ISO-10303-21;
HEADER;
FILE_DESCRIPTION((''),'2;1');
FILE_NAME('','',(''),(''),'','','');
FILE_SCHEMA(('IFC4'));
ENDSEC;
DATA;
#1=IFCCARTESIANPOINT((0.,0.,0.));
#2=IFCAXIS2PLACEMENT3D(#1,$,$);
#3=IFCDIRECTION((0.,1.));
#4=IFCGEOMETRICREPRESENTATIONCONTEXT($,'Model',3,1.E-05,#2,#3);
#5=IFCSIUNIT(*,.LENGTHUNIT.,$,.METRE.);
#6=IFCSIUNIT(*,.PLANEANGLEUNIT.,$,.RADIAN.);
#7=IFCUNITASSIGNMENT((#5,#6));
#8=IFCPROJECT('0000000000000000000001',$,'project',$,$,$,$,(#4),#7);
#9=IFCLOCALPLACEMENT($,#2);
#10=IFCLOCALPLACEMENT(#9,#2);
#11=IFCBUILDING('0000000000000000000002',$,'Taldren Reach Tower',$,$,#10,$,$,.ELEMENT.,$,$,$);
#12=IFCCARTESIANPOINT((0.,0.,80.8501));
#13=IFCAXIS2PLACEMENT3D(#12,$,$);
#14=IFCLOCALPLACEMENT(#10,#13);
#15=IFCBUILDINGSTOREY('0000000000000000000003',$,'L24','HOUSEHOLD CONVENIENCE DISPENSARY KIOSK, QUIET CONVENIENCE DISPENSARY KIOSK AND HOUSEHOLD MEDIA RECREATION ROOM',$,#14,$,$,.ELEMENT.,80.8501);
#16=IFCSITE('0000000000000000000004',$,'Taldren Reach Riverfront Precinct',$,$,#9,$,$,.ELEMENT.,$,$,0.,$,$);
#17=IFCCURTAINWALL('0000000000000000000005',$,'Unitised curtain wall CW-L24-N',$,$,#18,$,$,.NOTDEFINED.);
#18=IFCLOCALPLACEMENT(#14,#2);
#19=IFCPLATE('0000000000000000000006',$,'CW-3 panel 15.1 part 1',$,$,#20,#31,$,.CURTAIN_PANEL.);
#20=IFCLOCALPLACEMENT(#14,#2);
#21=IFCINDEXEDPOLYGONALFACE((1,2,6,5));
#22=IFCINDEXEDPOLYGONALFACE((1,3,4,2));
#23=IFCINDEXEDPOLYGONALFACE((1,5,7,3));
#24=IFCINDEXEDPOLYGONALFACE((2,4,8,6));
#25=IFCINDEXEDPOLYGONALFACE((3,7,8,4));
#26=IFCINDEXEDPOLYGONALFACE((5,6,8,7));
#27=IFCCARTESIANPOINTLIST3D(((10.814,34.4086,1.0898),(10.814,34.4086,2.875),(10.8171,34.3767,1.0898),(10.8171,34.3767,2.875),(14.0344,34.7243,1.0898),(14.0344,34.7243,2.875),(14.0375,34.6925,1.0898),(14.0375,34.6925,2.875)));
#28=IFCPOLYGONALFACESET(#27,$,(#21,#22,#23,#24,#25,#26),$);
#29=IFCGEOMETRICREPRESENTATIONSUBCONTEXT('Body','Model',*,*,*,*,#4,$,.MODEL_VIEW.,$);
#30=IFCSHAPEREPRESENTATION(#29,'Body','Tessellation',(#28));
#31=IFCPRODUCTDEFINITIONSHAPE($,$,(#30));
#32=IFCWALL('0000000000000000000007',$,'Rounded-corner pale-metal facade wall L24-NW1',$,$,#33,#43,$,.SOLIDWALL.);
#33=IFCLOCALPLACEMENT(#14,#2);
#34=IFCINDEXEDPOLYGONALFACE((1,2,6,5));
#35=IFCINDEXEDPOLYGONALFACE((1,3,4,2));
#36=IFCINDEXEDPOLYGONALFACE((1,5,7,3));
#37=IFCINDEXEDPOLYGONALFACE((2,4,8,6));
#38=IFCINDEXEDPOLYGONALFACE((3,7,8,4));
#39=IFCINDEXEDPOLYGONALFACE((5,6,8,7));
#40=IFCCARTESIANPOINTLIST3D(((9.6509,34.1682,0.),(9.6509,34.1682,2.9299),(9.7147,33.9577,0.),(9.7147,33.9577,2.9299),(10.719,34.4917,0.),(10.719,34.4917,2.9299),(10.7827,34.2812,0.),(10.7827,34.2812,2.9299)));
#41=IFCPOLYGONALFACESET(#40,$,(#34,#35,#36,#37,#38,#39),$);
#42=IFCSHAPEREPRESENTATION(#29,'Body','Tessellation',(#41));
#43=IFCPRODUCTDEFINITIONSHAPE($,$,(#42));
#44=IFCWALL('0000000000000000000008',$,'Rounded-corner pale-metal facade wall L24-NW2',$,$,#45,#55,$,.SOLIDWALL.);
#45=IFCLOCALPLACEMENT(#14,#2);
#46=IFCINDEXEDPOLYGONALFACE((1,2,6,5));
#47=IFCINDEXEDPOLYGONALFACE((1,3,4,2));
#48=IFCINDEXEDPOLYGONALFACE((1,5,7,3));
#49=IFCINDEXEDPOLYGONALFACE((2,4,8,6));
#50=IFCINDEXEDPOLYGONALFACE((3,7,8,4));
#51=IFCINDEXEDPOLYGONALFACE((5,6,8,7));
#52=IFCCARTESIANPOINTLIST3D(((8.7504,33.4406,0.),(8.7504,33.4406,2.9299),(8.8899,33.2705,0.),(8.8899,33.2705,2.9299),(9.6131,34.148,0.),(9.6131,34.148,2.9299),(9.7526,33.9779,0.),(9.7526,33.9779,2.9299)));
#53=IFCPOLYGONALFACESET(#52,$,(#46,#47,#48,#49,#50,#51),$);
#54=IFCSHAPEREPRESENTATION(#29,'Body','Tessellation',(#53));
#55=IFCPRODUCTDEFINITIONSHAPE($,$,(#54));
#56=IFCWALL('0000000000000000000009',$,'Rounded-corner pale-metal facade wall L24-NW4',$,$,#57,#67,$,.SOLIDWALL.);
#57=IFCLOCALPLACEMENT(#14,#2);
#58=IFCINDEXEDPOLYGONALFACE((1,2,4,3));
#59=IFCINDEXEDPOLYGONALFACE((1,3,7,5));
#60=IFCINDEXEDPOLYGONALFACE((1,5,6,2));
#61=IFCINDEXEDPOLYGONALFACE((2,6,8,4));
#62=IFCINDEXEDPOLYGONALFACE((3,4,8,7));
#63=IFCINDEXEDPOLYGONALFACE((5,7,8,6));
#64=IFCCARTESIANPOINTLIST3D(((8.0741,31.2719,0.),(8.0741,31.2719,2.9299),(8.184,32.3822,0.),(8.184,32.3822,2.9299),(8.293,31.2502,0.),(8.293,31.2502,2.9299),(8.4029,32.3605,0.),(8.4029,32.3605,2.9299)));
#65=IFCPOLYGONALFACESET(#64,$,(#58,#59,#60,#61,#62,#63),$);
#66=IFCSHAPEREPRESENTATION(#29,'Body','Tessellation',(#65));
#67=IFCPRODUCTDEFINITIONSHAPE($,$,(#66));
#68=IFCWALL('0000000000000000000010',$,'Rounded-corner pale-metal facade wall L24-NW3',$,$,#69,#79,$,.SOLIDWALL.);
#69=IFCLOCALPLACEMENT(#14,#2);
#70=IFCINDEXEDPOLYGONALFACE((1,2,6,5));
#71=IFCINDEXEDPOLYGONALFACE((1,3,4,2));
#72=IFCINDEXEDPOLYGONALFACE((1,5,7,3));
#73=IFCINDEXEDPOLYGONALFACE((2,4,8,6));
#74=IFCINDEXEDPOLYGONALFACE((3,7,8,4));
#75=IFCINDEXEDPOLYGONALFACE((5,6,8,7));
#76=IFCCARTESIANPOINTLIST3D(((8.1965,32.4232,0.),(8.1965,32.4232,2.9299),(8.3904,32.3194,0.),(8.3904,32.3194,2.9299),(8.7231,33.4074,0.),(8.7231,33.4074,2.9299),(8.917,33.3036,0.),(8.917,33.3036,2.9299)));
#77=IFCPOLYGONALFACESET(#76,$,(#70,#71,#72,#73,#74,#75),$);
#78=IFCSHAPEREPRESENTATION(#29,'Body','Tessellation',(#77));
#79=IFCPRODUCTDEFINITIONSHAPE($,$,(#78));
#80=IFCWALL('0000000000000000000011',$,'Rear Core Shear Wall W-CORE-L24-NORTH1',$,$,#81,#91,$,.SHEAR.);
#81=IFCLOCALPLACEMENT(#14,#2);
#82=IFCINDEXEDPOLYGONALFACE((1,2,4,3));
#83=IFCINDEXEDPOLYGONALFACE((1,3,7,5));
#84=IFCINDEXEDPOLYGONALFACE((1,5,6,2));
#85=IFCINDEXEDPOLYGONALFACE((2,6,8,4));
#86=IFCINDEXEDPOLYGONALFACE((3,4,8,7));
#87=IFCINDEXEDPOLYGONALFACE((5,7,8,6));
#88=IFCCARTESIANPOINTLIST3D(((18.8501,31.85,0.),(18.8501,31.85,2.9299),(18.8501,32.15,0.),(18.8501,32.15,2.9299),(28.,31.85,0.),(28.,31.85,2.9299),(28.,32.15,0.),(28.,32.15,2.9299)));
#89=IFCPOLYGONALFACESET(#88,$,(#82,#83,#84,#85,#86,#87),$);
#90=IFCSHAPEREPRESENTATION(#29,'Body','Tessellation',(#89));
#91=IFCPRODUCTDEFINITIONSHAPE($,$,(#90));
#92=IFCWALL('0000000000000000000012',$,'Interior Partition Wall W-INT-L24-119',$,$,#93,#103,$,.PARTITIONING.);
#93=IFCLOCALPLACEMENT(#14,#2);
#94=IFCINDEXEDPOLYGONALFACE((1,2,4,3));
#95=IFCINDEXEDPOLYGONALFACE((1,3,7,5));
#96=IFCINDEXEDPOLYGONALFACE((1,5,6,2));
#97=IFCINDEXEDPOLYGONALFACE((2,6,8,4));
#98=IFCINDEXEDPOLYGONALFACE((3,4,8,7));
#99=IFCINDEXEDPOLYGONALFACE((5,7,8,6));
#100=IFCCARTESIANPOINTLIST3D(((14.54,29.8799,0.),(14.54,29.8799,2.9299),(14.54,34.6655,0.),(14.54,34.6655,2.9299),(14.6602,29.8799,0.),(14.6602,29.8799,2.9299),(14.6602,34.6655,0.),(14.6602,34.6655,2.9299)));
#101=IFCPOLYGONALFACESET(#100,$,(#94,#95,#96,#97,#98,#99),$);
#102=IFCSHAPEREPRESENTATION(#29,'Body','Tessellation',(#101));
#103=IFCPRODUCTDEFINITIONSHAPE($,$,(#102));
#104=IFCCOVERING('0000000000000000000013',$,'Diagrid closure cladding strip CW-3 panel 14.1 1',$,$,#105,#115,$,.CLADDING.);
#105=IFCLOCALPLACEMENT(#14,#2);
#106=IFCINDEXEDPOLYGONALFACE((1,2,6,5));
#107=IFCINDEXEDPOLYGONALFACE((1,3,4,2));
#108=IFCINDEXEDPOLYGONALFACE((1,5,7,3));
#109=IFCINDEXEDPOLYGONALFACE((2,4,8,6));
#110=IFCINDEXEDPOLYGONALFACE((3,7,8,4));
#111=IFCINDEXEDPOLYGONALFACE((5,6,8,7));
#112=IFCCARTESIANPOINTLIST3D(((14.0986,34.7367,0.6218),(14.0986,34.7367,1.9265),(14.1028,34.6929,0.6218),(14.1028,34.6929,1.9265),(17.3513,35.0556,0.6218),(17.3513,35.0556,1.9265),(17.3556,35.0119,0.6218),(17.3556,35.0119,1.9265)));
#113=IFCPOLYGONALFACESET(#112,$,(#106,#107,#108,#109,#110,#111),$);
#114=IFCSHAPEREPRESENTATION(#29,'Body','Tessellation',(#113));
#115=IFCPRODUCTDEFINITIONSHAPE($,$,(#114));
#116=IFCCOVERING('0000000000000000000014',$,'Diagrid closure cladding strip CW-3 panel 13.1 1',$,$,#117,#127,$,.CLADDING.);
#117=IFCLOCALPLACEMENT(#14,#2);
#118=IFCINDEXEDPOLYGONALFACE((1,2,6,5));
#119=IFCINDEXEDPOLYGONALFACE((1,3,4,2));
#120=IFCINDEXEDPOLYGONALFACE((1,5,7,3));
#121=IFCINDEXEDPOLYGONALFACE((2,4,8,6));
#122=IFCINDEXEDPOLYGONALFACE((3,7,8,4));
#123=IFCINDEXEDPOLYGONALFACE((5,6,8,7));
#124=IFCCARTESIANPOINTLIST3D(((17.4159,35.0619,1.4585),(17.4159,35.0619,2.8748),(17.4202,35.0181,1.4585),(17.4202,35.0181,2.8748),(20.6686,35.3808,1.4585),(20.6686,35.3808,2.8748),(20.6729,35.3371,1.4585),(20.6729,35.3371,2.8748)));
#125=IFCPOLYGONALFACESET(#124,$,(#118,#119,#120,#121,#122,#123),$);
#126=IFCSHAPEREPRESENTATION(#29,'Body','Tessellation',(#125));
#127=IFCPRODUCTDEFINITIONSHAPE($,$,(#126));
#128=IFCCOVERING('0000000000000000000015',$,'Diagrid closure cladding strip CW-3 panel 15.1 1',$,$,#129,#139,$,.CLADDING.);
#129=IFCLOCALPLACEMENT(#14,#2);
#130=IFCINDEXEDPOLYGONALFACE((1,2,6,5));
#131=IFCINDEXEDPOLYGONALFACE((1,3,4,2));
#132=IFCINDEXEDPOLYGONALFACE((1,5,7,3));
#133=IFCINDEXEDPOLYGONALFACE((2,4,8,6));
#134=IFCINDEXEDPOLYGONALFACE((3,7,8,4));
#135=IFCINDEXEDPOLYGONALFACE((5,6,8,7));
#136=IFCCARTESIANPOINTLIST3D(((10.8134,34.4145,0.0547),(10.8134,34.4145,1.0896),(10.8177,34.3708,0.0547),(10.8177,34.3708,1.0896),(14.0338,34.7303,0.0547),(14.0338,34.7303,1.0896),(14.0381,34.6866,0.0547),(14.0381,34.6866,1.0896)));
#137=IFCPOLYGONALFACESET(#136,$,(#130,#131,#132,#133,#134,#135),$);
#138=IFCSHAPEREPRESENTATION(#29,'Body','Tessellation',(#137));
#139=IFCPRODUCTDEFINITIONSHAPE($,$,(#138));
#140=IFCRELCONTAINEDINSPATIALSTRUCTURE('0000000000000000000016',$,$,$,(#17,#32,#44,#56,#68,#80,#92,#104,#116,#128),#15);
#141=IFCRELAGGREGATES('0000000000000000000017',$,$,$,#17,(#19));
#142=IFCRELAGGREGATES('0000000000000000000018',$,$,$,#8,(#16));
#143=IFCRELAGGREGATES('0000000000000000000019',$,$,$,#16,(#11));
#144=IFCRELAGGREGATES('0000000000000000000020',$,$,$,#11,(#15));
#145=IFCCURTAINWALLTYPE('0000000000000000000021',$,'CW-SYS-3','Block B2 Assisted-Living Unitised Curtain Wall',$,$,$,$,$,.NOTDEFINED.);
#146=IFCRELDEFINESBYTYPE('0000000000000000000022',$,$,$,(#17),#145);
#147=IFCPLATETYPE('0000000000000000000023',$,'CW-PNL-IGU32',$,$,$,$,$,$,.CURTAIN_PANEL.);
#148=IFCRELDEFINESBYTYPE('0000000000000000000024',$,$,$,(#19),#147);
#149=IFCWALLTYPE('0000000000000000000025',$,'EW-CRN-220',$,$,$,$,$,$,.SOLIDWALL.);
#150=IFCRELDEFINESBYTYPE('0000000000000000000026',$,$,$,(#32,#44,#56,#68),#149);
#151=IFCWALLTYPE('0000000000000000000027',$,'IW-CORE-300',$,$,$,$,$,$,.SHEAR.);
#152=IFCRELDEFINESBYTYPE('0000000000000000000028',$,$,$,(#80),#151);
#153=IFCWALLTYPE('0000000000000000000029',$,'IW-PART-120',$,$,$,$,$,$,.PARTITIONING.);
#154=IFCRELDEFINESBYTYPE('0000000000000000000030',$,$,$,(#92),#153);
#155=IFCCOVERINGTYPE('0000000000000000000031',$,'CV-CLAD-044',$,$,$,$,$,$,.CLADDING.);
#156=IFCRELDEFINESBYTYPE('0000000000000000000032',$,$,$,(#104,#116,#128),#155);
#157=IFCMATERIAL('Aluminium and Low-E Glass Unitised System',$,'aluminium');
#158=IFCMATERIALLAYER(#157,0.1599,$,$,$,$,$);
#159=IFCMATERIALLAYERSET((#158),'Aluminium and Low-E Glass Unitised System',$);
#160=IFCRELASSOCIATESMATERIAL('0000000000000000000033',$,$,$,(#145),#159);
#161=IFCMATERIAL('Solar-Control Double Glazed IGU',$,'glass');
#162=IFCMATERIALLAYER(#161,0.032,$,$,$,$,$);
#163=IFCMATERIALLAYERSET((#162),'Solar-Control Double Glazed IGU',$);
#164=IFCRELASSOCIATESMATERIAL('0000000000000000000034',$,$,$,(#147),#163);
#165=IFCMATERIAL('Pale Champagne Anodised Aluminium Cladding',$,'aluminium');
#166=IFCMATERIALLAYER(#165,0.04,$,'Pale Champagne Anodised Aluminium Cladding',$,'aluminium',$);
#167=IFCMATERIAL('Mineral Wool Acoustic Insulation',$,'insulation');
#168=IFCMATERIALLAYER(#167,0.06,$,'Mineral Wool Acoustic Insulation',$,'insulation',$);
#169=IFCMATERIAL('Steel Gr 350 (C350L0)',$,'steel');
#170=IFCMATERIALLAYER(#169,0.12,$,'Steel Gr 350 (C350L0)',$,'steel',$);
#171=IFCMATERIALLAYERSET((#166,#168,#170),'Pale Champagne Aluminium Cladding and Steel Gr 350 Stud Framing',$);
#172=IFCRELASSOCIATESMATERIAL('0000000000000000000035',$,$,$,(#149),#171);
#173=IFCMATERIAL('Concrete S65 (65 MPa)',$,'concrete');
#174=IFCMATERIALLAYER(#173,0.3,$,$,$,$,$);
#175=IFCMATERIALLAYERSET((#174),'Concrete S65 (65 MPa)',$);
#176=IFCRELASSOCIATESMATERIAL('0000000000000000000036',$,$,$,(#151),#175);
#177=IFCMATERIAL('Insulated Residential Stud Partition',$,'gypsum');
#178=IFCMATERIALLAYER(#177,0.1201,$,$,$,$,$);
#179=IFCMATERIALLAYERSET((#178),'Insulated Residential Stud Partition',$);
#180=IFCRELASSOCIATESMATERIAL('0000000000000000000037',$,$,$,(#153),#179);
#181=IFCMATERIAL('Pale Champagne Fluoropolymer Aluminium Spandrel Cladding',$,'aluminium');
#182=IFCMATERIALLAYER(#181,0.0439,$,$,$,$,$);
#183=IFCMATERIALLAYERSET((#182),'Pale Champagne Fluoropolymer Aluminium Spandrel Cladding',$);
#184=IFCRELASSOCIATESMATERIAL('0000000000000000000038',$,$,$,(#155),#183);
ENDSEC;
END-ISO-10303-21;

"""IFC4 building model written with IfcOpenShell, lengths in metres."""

from ifc_helpers import new_model, si_unit, direction, frame, frame_2d, origin, origin_2d, place, context, subcontext, project, spatial, rectangle, extrude, source, transform, mapped, material, layer, layer_set, type_object, element, aggregate, save


model = new_model("IFC4")

# Units and contexts
model_context = context("Model", 3, precision=1e-05, world=origin(), true_north=direction((0.0, 1.0)))
body_context = subcontext(model_context, "Body", "Model", "MODEL_VIEW")
ifc_project = project(units=[si_unit("LENGTHUNIT", "METRE"), si_unit("PLANEANGLEUNIT", "RADIAN")], contexts=[model_context])

# Site, building, storey
site_placement = place(None, origin())
site = spatial("IfcSite", under=ifc_project, at=site_placement, Name="Taldren Reach Riverfront Precinct", CompositionType="ELEMENT", RefElevation=0.0)
building_placement = place(site_placement, origin())
building = spatial("IfcBuilding", under=site, at=building_placement, Name="Taldren Reach Tower", CompositionType="ELEMENT")
storey_placement = place(building_placement, frame((0.0, 0.0, 80.8501)))
storey = spatial("IfcBuildingStorey", under=building, at=storey_placement, Name="L24", Description="HOUSEHOLD CONVENIENCE DISPENSARY KIOSK, QUIET CONVENIENCE DISPENSARY KIOSK AND HOUSEHOLD MEDIA RECREATION ROOM", CompositionType="ELEMENT", Elevation=80.8501)

# Shared definitions
ifc_material_1 = material(Name="Concrete S65 (65 MPa)", Category="concrete")

# Shared definitions
ifc_material_2 = material(Name="Steel Gr 350 (C350L0)", Category="steel")

# Curtain wall
ifc_material_3 = material(Name="Aluminium and Low-E Glass Unitised System", Category="aluminium")
ifc_layer_1 = layer(ifc_material_3, 0.1599)
ifc_layer_set_1 = layer_set([ifc_layer_1], Name="Aluminium and Low-E Glass Unitised System")
curtain_wall_type = type_object("IfcCurtainWallType", Name="CW-SYS-3", Description="Block B2 Assisted-Living Unitised Curtain Wall", PredefinedType="NOTDEFINED", material=ifc_layer_set_1)
curtain_wall_1_placement = place(storey_placement, origin())
curtain_wall_1 = element("IfcCurtainWall", 1, at=curtain_wall_1_placement, inside=storey, type_object=curtain_wall_type, Name="Unitised curtain wall CW-L24-N", PredefinedType="NOTDEFINED")

# Plate
ifc_material_4 = material(Name="Solar-Control Double Glazed IGU", Category="glass")
ifc_layer_2 = layer(ifc_material_4, 0.032)
ifc_layer_set_2 = layer_set([ifc_layer_2], Name="Solar-Control Double Glazed IGU")
plate_type_1 = type_object("IfcPlateType", Name="CW-PNL-IGU32", PredefinedType="CURTAIN_PANEL", material=ifc_layer_set_2)
shared_shape_1 = source(origin(), body_context, "Body", "SweptSolid", [
    extrude(rectangle(XDim=3.2358, YDim=0.032, at=origin_2d()), origin(), (0.0, 0.0, 1.0), 1.7852),
])
plate_1_placement = place(storey_placement, frame((12.4258, 34.5505, 1.0898), z_axis=(0.0, 0.0, 1.0), x_axis=(-0.995227, -0.097583, 0.0)))
plate_1 = element("IfcPlate", 2, at=plate_1_placement, type_object=plate_type_1, Name="CW-3 panel 15.1 part 1", PredefinedType="CURTAIN_PANEL", context=body_context, shape_type="MappedRepresentation", body=[
    mapped(shared_shape_1, transform((0.0, 0.0, 0.0), scale=1.0)),
])
aggregate(curtain_wall_1, [plate_1])

# Walls
ifc_material_5 = material(Name="Pale Champagne Anodised Aluminium Cladding", Category="aluminium")
ifc_layer_3 = layer(ifc_material_5, 0.04, Name="Pale Champagne Anodised Aluminium Cladding", Category="aluminium")
ifc_material_6 = material(Name="Mineral Wool Acoustic Insulation", Category="insulation")
ifc_layer_4 = layer(ifc_material_6, 0.06, Name="Mineral Wool Acoustic Insulation", Category="insulation")
ifc_layer_5 = layer(ifc_material_2, 0.12, Name="Steel Gr 350 (C350L0)", Category="steel")
ifc_layer_set_3 = layer_set([ifc_layer_3, ifc_layer_4, ifc_layer_5], Name="Pale Champagne Aluminium Cladding and Steel Gr 350 Stud Framing")
wall_type_1 = type_object("IfcWallType", Name="EW-CRN-220", PredefinedType="SOLIDWALL", material=ifc_layer_set_3)
shared_shape_2 = source(origin(), body_context, "Body", "SweptSolid", [
    extrude(rectangle(XDim=1.116, YDim=0.22, at=frame_2d((0.5581, 0.0))), origin(), (0.0, 0.0, 1.0), 2.9299),
])
wall_1_placement = place(storey_placement, frame((10.751, 34.3865, 0.0), z_axis=(0.0, 0.0, 1.0), x_axis=(-0.95707, -0.289856, 0.0)))
element("IfcWall", 3, at=wall_1_placement, inside=storey, type_object=wall_type_1, Name="Rounded-corner pale-metal facade wall L24-NW1", PredefinedType="SOLIDWALL", context=body_context, shape_type="MappedRepresentation", body=[
    mapped(shared_shape_2, transform((0.0, 0.0, 0.0), scale=1.0)),
])
shared_shape_3 = source(origin(), body_context, "Body", "SweptSolid", [
    extrude(rectangle(XDim=1.1157, YDim=0.22, at=frame_2d((0.5579, 0.0))), origin(), (0.0, 0.0, 1.0), 2.9299),
])
for number, where, z_axis, x_axis, name in (
    (4, (9.6829, 34.063, 0.0), (0.0, 0.0, 1.0), (-0.773255, -0.634095, 0.0), "Rounded-corner pale-metal facade wall L24-NW2"),
    (5, (8.2935, 32.3713, 0.0), (0.0, 0.0, 1.0), (-0.098464, -0.995141, 0.0), "Rounded-corner pale-metal facade wall L24-NW4"),
):
    element("IfcWall", number, at=place(storey_placement, frame(where, z_axis=z_axis, x_axis=x_axis)), inside=storey, type_object=wall_type_1, Name=name, PredefinedType="SOLIDWALL", context=body_context, shape_type="MappedRepresentation", body=[
        mapped(shared_shape_3, transform((0.0, 0.0, 0.0), scale=1.0)),
    ])
shared_shape_4 = source(origin(), body_context, "Body", "SweptSolid", [
    extrude(rectangle(XDim=1.1162, YDim=0.22, at=frame_2d((0.5581, 0.0))), origin(), (0.0, 0.0, 1.0), 2.9299),
])
wall_2_placement = place(storey_placement, frame((8.8201, 33.3555, 0.0), z_axis=(0.0, 0.0, 1.0), x_axis=(-0.471803, -0.881704, 0.0)))
element("IfcWall", 6, at=wall_2_placement, inside=storey, type_object=wall_type_1, Name="Rounded-corner pale-metal facade wall L24-NW3", PredefinedType="SOLIDWALL", context=body_context, shape_type="MappedRepresentation", body=[
    mapped(shared_shape_4, transform((0.0, 0.0, 0.0), scale=1.0)),
])
ifc_layer_6 = layer(ifc_material_1, 0.3)
ifc_layer_set_4 = layer_set([ifc_layer_6], Name="Concrete S65 (65 MPa)")
wall_type_2 = type_object("IfcWallType", Name="IW-CORE-300", PredefinedType="SHEAR", material=ifc_layer_set_4)
shared_shape_5 = source(origin(), body_context, "Body", "SweptSolid", [
    extrude(rectangle(XDim=9.1499, YDim=0.3, at=frame_2d((4.575, 0.0))), origin(), (0.0, 0.0, 1.0), 2.9299),
])
wall_3_placement = place(storey_placement, frame((18.8501, 32.0, 0.0), z_axis=(0.0, 0.0, 1.0), x_axis=(1.0, 0.0, 0.0)))
element("IfcWall", 7, at=wall_3_placement, inside=storey, type_object=wall_type_2, Name="Rear Core Shear Wall W-CORE-L24-NORTH1", PredefinedType="SHEAR", context=body_context, shape_type="MappedRepresentation", body=[
    mapped(shared_shape_5, transform((0.0, 0.0, 0.0), scale=1.0)),
])
ifc_material_7 = material(Name="Insulated Residential Stud Partition", Category="gypsum")
ifc_layer_7 = layer(ifc_material_7, 0.1201)
ifc_layer_set_5 = layer_set([ifc_layer_7], Name="Insulated Residential Stud Partition")
wall_type_3 = type_object("IfcWallType", Name="IW-PART-120", PredefinedType="PARTITIONING", material=ifc_layer_set_5)
shared_shape_6 = source(origin(), body_context, "Body", "SweptSolid", [
    extrude(rectangle(XDim=4.7856, YDim=0.1201, at=frame_2d((2.3928, 0.0))), origin(), (0.0, 0.0, 1.0), 2.9299),
])
wall_4_placement = place(storey_placement, frame((14.6001, 34.6655, 0.0), z_axis=(0.0, 0.0, 1.0), x_axis=(0.0, -1.0, 0.0)))
element("IfcWall", 8, at=wall_4_placement, inside=storey, type_object=wall_type_3, Name="Interior Partition Wall W-INT-L24-119", PredefinedType="PARTITIONING", context=body_context, shape_type="MappedRepresentation", body=[
    mapped(shared_shape_6, transform((0.0, 0.0, 0.0), scale=1.0)),
])

# Coverings
ifc_material_8 = material(Name="Pale Champagne Fluoropolymer Aluminium Spandrel Cladding", Category="aluminium")
ifc_layer_8 = layer(ifc_material_8, 0.0439)
ifc_layer_set_6 = layer_set([ifc_layer_8], Name="Pale Champagne Fluoropolymer Aluminium Spandrel Cladding")
covering_type = type_object("IfcCoveringType", Name="CV-CLAD-044", PredefinedType="CLADDING", material=ifc_layer_set_6)
shared_shape_7 = source(origin(), body_context, "Body", "SweptSolid", [
    extrude(rectangle(XDim=3.2683, YDim=0.0439, at=origin_2d()), origin(), (0.0, 0.0, 1.0), 1.3047),
])
covering_1_placement = place(storey_placement, frame((15.7271, 34.8743, 0.6218), z_axis=(0.0, 0.0, 1.0), x_axis=(-0.995227, -0.097583, 0.0)))
element("IfcCovering", 9, at=covering_1_placement, inside=storey, type_object=covering_type, Name="Diagrid closure cladding strip CW-3 panel 14.1 1", PredefinedType="CLADDING", context=body_context, shape_type="MappedRepresentation", body=[
    mapped(shared_shape_7, transform((0.0, 0.0, 0.0), scale=1.0)),
])
shared_shape_8 = source(origin(), body_context, "Body", "SweptSolid", [
    extrude(rectangle(XDim=3.2683, YDim=0.0439, at=origin_2d()), origin(), (0.0, 0.0, 1.0), 1.4163),
])
covering_2_placement = place(storey_placement, frame((19.0444, 35.1995, 1.4585), z_axis=(0.0, 0.0, 1.0), x_axis=(-0.995227, -0.097583, 0.0)))
element("IfcCovering", 10, at=covering_2_placement, inside=storey, type_object=covering_type, Name="Diagrid closure cladding strip CW-3 panel 13.1 1", PredefinedType="CLADDING", context=body_context, shape_type="MappedRepresentation", body=[
    mapped(shared_shape_8, transform((0.0, 0.0, 0.0), scale=1.0)),
])
shared_shape_9 = source(origin(), body_context, "Body", "SweptSolid", [
    extrude(rectangle(XDim=3.2358, YDim=0.0439, at=origin_2d()), origin(), (0.0, 0.0, 1.0), 1.0349),
])
covering_3_placement = place(storey_placement, frame((12.4258, 34.5505, 0.0547), z_axis=(0.0, 0.0, 1.0), x_axis=(-0.995227, -0.097583, 0.0)))
element("IfcCovering", 11, at=covering_3_placement, inside=storey, type_object=covering_type, Name="Diagrid closure cladding strip CW-3 panel 15.1 1", PredefinedType="CLADDING", context=body_context, shape_type="MappedRepresentation", body=[
    mapped(shared_shape_9, transform((0.0, 0.0, 0.0), scale=1.0)),
])

save(model, "model.ifc")
